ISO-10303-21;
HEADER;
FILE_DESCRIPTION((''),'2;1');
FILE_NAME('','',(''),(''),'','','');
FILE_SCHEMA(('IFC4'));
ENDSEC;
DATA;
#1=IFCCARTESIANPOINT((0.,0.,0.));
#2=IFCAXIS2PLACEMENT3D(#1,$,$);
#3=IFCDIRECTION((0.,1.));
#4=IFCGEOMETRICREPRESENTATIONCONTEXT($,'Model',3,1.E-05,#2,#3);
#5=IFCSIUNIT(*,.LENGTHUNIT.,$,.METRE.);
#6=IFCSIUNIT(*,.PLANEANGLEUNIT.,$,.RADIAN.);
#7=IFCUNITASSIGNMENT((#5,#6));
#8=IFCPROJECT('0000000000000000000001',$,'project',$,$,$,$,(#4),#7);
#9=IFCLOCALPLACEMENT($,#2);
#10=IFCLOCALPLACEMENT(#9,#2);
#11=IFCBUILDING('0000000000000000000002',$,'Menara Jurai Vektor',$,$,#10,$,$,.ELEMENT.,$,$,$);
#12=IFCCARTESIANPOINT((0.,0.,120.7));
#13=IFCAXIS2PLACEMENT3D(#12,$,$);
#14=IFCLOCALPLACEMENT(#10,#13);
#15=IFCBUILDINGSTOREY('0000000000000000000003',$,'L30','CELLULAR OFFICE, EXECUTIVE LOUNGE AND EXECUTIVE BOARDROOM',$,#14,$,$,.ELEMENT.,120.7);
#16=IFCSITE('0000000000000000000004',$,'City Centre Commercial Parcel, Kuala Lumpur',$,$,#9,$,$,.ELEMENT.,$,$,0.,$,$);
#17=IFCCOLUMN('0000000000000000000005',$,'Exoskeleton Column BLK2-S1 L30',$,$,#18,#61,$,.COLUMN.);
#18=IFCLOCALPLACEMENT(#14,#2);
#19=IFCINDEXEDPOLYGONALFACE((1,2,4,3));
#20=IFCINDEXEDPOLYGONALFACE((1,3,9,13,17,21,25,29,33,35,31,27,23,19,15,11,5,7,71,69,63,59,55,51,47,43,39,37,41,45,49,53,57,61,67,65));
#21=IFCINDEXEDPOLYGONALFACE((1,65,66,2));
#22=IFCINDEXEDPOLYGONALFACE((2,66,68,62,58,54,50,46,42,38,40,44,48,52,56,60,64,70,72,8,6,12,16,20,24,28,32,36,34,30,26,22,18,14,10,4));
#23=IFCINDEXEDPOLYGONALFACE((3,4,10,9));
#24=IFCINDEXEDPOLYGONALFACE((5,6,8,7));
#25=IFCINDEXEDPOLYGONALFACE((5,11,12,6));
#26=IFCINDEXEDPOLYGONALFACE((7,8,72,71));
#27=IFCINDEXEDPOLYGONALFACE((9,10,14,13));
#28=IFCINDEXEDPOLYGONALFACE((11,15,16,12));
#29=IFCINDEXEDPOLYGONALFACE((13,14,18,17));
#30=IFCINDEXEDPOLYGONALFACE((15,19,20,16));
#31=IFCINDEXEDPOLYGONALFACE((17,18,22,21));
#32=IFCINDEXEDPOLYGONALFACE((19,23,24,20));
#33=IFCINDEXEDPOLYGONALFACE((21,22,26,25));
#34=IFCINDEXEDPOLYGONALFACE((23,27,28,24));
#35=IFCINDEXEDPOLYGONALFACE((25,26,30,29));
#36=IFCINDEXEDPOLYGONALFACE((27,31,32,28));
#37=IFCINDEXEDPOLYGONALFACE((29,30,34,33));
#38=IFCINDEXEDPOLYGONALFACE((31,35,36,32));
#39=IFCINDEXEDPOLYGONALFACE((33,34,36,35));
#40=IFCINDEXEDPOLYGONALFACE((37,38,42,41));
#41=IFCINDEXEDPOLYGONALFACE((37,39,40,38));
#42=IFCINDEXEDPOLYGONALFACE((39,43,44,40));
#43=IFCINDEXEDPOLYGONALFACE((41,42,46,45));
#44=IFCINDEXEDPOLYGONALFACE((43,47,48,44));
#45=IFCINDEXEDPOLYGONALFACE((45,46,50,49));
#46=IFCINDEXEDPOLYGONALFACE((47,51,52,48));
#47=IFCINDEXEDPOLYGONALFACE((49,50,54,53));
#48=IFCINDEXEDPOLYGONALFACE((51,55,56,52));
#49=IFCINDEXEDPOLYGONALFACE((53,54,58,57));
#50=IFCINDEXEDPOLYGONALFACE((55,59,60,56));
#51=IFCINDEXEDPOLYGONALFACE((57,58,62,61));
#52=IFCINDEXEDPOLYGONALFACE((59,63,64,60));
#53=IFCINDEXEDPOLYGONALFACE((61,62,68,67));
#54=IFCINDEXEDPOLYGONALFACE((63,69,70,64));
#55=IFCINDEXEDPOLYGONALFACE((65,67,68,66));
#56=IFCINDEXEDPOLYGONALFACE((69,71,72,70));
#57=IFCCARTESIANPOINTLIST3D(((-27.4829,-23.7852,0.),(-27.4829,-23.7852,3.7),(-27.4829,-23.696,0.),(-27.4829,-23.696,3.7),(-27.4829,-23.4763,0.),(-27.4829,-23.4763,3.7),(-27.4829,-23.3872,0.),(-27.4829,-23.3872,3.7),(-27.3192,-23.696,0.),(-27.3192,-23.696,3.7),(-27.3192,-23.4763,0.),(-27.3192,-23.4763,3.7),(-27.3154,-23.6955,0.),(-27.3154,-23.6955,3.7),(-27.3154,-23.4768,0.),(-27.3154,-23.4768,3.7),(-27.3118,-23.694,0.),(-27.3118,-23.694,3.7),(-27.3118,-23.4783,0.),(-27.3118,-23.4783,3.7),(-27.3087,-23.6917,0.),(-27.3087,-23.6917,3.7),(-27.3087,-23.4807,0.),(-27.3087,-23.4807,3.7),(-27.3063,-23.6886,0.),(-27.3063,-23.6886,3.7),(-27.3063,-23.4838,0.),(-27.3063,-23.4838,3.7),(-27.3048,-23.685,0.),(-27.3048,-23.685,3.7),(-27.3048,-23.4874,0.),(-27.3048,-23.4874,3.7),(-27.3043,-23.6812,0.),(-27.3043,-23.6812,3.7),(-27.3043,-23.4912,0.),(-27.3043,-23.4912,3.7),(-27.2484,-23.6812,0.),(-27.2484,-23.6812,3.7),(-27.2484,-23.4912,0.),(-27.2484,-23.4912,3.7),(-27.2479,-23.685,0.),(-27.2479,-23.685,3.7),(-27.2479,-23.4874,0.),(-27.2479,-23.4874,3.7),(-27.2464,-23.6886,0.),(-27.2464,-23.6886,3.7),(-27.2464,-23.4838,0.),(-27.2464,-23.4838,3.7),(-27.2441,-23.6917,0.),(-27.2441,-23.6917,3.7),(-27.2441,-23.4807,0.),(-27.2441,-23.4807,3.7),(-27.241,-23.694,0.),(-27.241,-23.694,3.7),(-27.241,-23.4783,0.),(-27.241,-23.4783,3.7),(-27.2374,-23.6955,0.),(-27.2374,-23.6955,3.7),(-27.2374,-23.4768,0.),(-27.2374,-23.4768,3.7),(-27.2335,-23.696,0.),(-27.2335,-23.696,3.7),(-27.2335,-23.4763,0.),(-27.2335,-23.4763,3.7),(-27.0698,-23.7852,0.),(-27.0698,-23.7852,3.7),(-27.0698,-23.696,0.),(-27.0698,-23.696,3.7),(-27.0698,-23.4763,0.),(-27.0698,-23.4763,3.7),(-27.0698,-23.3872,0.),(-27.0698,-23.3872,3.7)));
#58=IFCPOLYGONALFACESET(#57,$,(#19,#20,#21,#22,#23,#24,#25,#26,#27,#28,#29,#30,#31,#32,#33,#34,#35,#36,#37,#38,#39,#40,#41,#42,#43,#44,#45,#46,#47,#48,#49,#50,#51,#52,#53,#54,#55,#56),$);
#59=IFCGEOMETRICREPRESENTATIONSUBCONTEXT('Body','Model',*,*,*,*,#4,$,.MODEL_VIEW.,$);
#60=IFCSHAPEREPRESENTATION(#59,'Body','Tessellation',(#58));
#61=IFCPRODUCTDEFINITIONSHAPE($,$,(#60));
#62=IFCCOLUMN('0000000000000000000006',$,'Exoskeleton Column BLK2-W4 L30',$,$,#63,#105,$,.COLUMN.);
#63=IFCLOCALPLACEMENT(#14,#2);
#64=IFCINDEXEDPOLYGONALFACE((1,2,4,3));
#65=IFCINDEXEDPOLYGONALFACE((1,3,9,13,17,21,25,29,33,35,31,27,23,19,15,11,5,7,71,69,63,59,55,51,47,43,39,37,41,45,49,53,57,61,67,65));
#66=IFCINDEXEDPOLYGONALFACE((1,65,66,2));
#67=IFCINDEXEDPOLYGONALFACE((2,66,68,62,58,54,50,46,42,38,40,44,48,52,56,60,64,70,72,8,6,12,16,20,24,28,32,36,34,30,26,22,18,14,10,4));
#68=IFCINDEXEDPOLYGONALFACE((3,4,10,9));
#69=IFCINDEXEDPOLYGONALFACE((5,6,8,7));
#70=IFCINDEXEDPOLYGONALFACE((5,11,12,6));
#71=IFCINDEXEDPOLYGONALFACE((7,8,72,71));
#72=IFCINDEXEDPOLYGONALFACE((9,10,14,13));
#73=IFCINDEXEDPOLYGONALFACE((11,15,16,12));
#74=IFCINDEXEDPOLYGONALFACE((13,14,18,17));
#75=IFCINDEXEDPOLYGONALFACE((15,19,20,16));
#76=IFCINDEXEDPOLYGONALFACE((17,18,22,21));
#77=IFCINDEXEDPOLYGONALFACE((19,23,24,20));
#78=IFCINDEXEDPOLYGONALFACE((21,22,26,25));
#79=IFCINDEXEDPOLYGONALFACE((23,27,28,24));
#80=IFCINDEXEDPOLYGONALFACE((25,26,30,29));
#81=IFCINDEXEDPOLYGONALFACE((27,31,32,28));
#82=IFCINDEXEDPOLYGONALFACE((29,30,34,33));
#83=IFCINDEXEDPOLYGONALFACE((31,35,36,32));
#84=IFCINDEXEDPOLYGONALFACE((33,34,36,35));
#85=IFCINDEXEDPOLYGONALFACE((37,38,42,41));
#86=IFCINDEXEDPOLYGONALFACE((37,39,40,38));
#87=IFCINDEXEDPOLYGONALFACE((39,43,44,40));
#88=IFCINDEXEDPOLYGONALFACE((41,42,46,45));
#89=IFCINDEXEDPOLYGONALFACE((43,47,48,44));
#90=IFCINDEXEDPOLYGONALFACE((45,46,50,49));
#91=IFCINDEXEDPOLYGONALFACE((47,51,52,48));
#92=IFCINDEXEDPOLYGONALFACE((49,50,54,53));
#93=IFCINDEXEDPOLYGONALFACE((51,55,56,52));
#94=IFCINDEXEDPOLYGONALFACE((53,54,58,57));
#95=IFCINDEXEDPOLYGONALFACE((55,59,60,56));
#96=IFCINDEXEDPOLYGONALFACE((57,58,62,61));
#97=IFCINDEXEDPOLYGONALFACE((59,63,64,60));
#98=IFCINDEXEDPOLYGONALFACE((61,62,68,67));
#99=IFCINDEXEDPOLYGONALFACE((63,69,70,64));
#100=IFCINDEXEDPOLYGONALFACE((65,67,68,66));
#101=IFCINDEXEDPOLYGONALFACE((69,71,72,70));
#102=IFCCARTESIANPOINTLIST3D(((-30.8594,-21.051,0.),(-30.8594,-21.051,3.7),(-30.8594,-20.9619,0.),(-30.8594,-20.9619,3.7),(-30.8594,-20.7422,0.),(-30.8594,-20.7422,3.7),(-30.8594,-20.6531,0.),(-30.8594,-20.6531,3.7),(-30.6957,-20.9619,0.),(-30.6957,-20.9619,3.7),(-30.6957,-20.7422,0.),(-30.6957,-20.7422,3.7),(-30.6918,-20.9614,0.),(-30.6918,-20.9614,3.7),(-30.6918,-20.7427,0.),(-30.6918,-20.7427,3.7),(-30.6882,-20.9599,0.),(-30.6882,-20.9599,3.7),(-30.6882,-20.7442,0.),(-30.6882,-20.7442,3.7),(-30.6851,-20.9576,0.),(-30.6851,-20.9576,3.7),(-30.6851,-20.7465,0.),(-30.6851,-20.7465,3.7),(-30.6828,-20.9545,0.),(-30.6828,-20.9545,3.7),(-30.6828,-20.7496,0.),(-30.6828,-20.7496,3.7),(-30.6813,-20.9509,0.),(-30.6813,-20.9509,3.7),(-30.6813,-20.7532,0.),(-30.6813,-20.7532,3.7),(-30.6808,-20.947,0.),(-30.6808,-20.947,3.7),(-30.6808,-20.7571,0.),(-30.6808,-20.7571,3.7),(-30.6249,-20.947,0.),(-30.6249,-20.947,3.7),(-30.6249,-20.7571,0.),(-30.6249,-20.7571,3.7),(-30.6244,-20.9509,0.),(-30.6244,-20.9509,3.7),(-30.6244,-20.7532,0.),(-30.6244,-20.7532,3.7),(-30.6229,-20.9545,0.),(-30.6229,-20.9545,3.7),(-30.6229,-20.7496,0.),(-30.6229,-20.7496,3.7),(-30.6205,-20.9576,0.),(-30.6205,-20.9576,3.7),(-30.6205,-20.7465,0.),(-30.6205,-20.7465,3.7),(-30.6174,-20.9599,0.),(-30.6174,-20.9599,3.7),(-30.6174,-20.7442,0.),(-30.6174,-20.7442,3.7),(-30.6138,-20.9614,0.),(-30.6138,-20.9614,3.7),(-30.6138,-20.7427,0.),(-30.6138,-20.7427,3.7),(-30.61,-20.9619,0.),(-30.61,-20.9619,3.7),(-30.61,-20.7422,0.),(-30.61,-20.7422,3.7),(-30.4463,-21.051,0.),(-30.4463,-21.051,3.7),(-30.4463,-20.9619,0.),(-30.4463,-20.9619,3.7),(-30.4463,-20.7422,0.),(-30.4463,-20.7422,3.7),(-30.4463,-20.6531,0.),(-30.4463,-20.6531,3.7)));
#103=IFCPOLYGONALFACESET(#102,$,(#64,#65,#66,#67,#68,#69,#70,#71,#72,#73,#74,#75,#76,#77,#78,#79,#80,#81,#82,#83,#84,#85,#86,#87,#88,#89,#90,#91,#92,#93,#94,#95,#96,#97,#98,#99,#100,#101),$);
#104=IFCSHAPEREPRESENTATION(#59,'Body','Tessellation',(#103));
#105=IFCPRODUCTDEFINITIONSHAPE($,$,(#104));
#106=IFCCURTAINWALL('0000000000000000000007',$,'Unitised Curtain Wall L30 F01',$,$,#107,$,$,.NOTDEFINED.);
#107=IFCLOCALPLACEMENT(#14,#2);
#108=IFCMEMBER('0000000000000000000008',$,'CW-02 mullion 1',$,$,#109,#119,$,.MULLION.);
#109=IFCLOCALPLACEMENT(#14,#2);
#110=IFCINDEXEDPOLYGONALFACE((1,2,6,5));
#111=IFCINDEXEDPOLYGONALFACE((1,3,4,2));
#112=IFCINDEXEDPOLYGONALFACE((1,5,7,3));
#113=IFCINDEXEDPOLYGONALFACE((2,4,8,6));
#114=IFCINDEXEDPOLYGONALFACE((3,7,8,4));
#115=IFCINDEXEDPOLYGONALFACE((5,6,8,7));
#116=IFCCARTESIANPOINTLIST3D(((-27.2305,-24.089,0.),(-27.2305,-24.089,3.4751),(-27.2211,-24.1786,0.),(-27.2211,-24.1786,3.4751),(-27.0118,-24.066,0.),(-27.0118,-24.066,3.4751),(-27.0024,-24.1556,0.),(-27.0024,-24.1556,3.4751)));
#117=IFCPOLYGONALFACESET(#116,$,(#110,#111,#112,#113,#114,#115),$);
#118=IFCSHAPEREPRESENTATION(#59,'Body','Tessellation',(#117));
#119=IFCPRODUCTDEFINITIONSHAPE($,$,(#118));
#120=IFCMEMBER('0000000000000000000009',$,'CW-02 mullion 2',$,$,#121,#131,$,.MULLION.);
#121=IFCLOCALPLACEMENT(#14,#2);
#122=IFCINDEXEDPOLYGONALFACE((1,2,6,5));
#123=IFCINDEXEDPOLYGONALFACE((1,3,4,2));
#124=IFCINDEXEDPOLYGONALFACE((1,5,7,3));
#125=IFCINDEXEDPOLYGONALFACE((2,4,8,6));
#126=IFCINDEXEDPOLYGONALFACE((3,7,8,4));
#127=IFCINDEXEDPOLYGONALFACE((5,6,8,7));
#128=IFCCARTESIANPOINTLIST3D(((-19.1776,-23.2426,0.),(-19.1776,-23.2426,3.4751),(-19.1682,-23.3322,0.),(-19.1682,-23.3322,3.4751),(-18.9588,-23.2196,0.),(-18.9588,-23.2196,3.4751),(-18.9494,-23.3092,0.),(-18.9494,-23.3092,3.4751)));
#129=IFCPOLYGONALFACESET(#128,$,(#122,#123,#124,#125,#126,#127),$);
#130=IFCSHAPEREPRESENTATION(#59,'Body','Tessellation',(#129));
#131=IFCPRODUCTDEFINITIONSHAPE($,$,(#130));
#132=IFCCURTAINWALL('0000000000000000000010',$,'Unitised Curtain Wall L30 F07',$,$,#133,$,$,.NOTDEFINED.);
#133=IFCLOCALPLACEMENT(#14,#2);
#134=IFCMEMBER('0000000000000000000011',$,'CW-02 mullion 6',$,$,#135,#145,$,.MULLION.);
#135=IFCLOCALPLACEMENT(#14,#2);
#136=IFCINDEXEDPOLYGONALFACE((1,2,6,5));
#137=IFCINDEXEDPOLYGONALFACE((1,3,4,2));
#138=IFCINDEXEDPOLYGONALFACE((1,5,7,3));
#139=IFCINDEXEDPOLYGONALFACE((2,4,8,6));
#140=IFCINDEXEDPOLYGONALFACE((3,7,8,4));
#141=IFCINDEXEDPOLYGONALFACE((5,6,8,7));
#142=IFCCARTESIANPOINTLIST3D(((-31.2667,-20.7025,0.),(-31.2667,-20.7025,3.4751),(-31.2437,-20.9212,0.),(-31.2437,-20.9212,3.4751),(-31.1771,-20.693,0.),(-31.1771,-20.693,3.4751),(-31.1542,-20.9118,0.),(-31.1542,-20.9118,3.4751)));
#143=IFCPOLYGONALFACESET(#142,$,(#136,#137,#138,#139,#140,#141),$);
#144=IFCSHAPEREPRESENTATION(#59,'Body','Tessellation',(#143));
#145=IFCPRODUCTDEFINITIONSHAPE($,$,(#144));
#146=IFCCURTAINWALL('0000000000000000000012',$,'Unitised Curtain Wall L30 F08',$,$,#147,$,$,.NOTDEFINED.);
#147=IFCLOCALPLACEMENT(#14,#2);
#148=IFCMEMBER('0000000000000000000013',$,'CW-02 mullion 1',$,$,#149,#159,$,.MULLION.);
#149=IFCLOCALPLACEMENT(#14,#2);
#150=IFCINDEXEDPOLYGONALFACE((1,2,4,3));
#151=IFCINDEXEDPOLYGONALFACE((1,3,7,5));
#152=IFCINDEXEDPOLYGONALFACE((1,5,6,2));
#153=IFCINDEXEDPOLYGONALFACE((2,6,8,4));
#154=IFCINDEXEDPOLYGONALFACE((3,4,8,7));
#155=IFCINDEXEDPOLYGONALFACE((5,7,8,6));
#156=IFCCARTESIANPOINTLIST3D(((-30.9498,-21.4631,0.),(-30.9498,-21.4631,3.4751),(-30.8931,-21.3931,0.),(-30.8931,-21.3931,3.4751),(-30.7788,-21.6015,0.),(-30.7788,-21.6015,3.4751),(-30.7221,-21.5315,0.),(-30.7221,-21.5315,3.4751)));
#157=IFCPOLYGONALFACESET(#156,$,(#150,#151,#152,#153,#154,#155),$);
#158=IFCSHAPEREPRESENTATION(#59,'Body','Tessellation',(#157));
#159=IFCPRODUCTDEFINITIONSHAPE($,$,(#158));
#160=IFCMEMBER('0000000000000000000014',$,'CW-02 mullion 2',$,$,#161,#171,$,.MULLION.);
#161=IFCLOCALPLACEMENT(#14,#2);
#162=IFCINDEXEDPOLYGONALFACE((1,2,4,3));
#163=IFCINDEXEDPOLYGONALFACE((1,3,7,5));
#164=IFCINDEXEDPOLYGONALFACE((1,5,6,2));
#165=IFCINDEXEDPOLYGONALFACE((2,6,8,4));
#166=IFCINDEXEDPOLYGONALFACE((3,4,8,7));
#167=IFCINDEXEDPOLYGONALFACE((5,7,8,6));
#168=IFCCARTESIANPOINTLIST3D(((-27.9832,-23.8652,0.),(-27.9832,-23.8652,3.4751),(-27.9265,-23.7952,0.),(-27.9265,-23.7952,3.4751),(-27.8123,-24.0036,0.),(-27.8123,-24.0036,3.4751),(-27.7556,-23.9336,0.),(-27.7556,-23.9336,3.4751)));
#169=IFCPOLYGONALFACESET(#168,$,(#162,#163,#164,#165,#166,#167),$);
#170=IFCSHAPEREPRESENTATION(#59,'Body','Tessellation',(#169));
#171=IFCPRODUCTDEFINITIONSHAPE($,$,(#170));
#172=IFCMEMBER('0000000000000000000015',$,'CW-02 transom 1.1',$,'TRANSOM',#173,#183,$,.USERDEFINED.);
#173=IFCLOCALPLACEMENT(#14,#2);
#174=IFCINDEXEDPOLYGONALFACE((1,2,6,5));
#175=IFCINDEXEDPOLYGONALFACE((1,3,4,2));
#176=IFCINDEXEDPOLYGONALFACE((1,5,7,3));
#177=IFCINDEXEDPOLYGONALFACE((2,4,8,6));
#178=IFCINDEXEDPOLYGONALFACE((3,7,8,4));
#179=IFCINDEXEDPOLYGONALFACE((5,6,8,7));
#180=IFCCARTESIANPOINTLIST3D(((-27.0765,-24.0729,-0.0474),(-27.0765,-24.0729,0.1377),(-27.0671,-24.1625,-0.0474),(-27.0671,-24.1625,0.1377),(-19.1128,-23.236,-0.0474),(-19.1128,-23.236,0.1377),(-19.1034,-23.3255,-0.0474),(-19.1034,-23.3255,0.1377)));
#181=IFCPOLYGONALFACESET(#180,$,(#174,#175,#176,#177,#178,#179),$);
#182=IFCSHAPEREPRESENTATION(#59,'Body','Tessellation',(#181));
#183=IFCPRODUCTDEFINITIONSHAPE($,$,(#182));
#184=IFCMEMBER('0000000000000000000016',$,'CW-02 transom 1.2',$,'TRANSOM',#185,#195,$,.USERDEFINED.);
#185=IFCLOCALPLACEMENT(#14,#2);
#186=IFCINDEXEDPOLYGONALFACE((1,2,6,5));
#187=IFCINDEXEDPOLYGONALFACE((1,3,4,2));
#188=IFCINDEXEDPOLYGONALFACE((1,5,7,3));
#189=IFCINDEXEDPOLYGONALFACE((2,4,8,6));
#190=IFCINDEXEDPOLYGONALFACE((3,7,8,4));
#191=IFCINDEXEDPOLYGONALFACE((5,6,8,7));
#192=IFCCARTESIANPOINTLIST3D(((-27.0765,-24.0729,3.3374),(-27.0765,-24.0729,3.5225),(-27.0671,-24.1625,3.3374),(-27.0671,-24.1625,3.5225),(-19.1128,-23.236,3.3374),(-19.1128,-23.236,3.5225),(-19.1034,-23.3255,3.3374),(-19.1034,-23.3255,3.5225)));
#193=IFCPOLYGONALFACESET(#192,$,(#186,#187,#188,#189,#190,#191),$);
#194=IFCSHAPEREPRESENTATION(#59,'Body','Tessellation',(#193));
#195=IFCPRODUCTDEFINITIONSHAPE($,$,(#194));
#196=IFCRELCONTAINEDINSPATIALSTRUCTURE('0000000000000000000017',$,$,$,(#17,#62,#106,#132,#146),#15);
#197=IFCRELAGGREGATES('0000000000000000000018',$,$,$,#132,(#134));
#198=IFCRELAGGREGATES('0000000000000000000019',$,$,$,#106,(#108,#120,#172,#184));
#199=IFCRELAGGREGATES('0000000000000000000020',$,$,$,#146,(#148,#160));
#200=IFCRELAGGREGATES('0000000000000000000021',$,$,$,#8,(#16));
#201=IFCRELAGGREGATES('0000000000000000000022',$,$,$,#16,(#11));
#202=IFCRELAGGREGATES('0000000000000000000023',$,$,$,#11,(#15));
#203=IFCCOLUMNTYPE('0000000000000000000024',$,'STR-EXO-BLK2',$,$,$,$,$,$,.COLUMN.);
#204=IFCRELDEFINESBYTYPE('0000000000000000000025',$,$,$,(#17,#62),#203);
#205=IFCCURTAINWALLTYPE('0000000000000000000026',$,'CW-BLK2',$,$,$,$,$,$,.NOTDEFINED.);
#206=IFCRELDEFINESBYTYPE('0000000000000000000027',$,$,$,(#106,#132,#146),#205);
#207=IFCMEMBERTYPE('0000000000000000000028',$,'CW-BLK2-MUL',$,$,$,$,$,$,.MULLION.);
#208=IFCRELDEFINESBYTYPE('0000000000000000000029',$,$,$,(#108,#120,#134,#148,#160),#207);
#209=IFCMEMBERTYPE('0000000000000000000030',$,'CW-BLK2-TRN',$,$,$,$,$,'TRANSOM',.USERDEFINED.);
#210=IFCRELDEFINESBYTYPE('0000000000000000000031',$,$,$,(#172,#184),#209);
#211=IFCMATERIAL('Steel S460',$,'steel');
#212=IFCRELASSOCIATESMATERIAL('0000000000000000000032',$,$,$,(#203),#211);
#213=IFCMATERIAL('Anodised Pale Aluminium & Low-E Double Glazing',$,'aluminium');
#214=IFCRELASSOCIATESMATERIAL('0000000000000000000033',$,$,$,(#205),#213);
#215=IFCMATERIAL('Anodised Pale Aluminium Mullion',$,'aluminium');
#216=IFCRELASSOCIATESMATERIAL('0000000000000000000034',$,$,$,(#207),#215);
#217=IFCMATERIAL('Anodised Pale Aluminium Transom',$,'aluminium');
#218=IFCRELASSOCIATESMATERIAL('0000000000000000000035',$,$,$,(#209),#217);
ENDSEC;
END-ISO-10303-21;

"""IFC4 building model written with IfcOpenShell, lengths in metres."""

from ifc_helpers import new_model, si_unit, direction, frame, origin, origin_2d, place, context, subcontext, project, spatial, rectangle, i_section, extrude, material, material_profile, profile_set, type_object, element, aggregate, save


model = new_model("IFC4")

# Units and contexts
model_context = context("Model", 3, precision=1e-05, world=origin(), true_north=direction((0.0, 1.0)))
body_context = subcontext(model_context, "Body", "Model", "MODEL_VIEW")
ifc_project = project(units=[si_unit("LENGTHUNIT", "METRE"), si_unit("PLANEANGLEUNIT", "RADIAN")], contexts=[model_context])

# Site, building, storey
site_placement = place(None, origin())
site = spatial("IfcSite", under=ifc_project, at=site_placement, Name="City Centre Commercial Parcel, Kuala Lumpur", CompositionType="ELEMENT", RefElevation=0.0)
building_placement = place(site_placement, origin())
building = spatial("IfcBuilding", under=site, at=building_placement, Name="Menara Jurai Vektor", CompositionType="ELEMENT")
storey_placement = place(building_placement, frame((0.0, 0.0, 120.7)))
storey = spatial("IfcBuildingStorey", under=building, at=storey_placement, Name="L30", Description="CELLULAR OFFICE, EXECUTIVE LOUNGE AND EXECUTIVE BOARDROOM", CompositionType="ELEMENT", Elevation=120.7)

# Columns
ifc_material_1 = material(Name="Steel S460", Category="steel")
ifc_material_profile_1 = material_profile(ifc_material_1, i_section(OverallWidth=0.4131, OverallDepth=0.3979, WebThickness=0.0559, FlangeThickness=0.0891, FilletRadius=0.0149, at=origin_2d()), Name="HD 400x744")
ifc_profile_set_1 = profile_set([ifc_material_profile_1], Name="Steel S460")
column_type = type_object("IfcColumnType", Name="STR-EXO-BLK2", PredefinedType="COLUMN", material=ifc_profile_set_1)
for number, where, z_axis, x_axis, name in (
    (1, (-27.2764, -23.5862, 0.0), (0.0, 0.0, 1.0), (1.0, 0.0, 0.0), "Exoskeleton Column BLK2-S1 L30"),
    (2, (-30.6528, -20.8521, 0.0), (0.0, 0.0, 1.0), (1.0, 0.0, 0.0), "Exoskeleton Column BLK2-W4 L30"),
):
    element("IfcColumn", number, at=place(storey_placement, frame(where, z_axis=z_axis, x_axis=x_axis)), inside=storey, type_object=column_type, Name=name, PredefinedType="COLUMN", context=body_context, shape_type="SweptSolid", body=[
        extrude(i_section(OverallWidth=0.4131, OverallDepth=0.3979, WebThickness=0.0559, FlangeThickness=0.0891, FilletRadius=0.0149, at=origin_2d()), origin(), (0.0, 0.0, 1.0), 3.7),
    ])

# Curtain wall, members
ifc_material_2 = material(Name="Anodised Pale Aluminium & Low-E Double Glazing", Category="aluminium")
curtain_wall_type = type_object("IfcCurtainWallType", Name="CW-BLK2", PredefinedType="NOTDEFINED", material=ifc_material_2)
curtain_wall_1_placement = place(storey_placement, origin())
curtain_wall_1 = element("IfcCurtainWall", 3, at=curtain_wall_1_placement, inside=storey, type_object=curtain_wall_type, Name="Unitised Curtain Wall L30 F01", PredefinedType="NOTDEFINED")
ifc_material_3 = material(Name="Anodised Pale Aluminium Mullion", Category="aluminium")
ifc_material_profile_2 = material_profile(ifc_material_3, rectangle(XDim=0.0901, YDim=0.22, at=origin_2d()), Name="ALU MUL 90x220")
ifc_profile_set_2 = profile_set([ifc_material_profile_2], Name="Anodised Pale Aluminium Mullion")
member_type_1 = type_object("IfcMemberType", Name="CW-BLK2-MUL", PredefinedType="MULLION", material=ifc_profile_set_2)
member_1_placement = place(storey_placement, frame((-27.1165, -24.1223, 0.0), z_axis=(0.0, 0.0, 1.0), x_axis=(-0.104529, 0.994522, 0.0)))
member_1 = element("IfcMember", 4, at=member_1_placement, type_object=member_type_1, Name="CW-02 mullion 1", PredefinedType="MULLION", context=body_context, shape_type="SweptSolid", body=[
    extrude(rectangle(XDim=0.0901, YDim=0.22, at=origin_2d()), origin(), (0.0, 0.0, 1.0), 3.4751),
])
member_2_placement = place(storey_placement, frame((-19.0635, -23.2759, 0.0), z_axis=(0.0, 0.0, 1.0), x_axis=(-0.104529, 0.994522, 0.0)))
member_2 = element("IfcMember", 5, at=member_2_placement, type_object=member_type_1, Name="CW-02 mullion 2", PredefinedType="MULLION", context=body_context, shape_type="SweptSolid", body=[
    extrude(rectangle(XDim=0.0901, YDim=0.22, at=origin_2d()), origin(), (0.0, 0.0, 1.0), 3.4751),
])

# Curtain wall, member
curtain_wall_2_placement = place(storey_placement, origin())
curtain_wall_2 = element("IfcCurtainWall", 6, at=curtain_wall_2_placement, inside=storey, type_object=curtain_wall_type, Name="Unitised Curtain Wall L30 F07", PredefinedType="NOTDEFINED")
member_3_placement = place(storey_placement, frame((-31.2104, -20.8071, 0.0), z_axis=(0.0, 0.0, 1.0), x_axis=(0.994522, 0.10453, 0.0)))
member_3 = element("IfcMember", 7, at=member_3_placement, type_object=member_type_1, Name="CW-02 mullion 6", PredefinedType="MULLION", context=body_context, shape_type="SweptSolid", body=[
    extrude(rectangle(XDim=0.0901, YDim=0.22, at=origin_2d()), origin(), (0.0, 0.0, 1.0), 3.4751),
])
aggregate(curtain_wall_2, [member_3])

# Curtain wall, members
curtain_wall_3_placement = place(storey_placement, origin())
curtain_wall_3 = element("IfcCurtainWall", 8, at=curtain_wall_3_placement, inside=storey, type_object=curtain_wall_type, Name="Unitised Curtain Wall L30 F08", PredefinedType="NOTDEFINED")
member_4_placement = place(storey_placement, frame((-30.8359, -21.4973, 0.0), z_axis=(0.0, 0.0, 1.0), x_axis=(0.629313, 0.777152, 0.0)))
member_4 = element("IfcMember", 9, at=member_4_placement, type_object=member_type_1, Name="CW-02 mullion 1", PredefinedType="MULLION", context=body_context, shape_type="SweptSolid", body=[
    extrude(rectangle(XDim=0.0901, YDim=0.22, at=origin_2d()), origin(), (0.0, 0.0, 1.0), 3.4751),
])
member_5_placement = place(storey_placement, frame((-27.8694, -23.8994, 0.0), z_axis=(0.0, 0.0, 1.0), x_axis=(0.629313, 0.777152, 0.0)))
member_5 = element("IfcMember", 10, at=member_5_placement, type_object=member_type_1, Name="CW-02 mullion 2", PredefinedType="MULLION", context=body_context, shape_type="SweptSolid", body=[
    extrude(rectangle(XDim=0.0901, YDim=0.22, at=origin_2d()), origin(), (0.0, 0.0, 1.0), 3.4751),
])

# Members
ifc_material_4 = material(Name="Anodised Pale Aluminium Transom", Category="aluminium")
ifc_material_profile_3 = material_profile(ifc_material_4, rectangle(XDim=0.0901, YDim=0.1851, at=origin_2d()), Name="ALU TRN 90x185")
ifc_profile_set_3 = profile_set([ifc_material_profile_3], Name="Anodised Pale Aluminium Transom")
member_type_2 = type_object("IfcMemberType", Name="CW-BLK2-TRN", ElementType="TRANSOM", PredefinedType="USERDEFINED", material=ifc_profile_set_3)
member_6_placement = place(storey_placement, frame((-27.0718, -24.1177, 0.0452), z_axis=(0.994523, 0.104517, 0.0), x_axis=(-0.104517, 0.994523, 0.0)))
member_6 = element("IfcMember", 11, at=member_6_placement, type_object=member_type_2, Name="CW-02 transom 1.1", ObjectType="TRANSOM", PredefinedType="USERDEFINED", context=body_context, shape_type="SweptSolid", body=[
    extrude(rectangle(XDim=0.0901, YDim=0.1851, at=origin_2d()), origin(), (0.0, 0.0, 1.0), 8.0076),
])
member_7_placement = place(storey_placement, frame((-27.0718, -24.1177, 3.4299), z_axis=(0.994523, 0.104517, 0.0), x_axis=(-0.104517, 0.994523, 0.0)))
member_7 = element("IfcMember", 12, at=member_7_placement, type_object=member_type_2, Name="CW-02 transom 1.2", ObjectType="TRANSOM", PredefinedType="USERDEFINED", context=body_context, shape_type="SweptSolid", body=[
    extrude(rectangle(XDim=0.0901, YDim=0.1851, at=origin_2d()), origin(), (0.0, 0.0, 1.0), 8.0076),
])

aggregate(curtain_wall_1, [member_1, member_2, member_6, member_7])
aggregate(curtain_wall_3, [member_4, member_5])

save(model, "model.ifc")
